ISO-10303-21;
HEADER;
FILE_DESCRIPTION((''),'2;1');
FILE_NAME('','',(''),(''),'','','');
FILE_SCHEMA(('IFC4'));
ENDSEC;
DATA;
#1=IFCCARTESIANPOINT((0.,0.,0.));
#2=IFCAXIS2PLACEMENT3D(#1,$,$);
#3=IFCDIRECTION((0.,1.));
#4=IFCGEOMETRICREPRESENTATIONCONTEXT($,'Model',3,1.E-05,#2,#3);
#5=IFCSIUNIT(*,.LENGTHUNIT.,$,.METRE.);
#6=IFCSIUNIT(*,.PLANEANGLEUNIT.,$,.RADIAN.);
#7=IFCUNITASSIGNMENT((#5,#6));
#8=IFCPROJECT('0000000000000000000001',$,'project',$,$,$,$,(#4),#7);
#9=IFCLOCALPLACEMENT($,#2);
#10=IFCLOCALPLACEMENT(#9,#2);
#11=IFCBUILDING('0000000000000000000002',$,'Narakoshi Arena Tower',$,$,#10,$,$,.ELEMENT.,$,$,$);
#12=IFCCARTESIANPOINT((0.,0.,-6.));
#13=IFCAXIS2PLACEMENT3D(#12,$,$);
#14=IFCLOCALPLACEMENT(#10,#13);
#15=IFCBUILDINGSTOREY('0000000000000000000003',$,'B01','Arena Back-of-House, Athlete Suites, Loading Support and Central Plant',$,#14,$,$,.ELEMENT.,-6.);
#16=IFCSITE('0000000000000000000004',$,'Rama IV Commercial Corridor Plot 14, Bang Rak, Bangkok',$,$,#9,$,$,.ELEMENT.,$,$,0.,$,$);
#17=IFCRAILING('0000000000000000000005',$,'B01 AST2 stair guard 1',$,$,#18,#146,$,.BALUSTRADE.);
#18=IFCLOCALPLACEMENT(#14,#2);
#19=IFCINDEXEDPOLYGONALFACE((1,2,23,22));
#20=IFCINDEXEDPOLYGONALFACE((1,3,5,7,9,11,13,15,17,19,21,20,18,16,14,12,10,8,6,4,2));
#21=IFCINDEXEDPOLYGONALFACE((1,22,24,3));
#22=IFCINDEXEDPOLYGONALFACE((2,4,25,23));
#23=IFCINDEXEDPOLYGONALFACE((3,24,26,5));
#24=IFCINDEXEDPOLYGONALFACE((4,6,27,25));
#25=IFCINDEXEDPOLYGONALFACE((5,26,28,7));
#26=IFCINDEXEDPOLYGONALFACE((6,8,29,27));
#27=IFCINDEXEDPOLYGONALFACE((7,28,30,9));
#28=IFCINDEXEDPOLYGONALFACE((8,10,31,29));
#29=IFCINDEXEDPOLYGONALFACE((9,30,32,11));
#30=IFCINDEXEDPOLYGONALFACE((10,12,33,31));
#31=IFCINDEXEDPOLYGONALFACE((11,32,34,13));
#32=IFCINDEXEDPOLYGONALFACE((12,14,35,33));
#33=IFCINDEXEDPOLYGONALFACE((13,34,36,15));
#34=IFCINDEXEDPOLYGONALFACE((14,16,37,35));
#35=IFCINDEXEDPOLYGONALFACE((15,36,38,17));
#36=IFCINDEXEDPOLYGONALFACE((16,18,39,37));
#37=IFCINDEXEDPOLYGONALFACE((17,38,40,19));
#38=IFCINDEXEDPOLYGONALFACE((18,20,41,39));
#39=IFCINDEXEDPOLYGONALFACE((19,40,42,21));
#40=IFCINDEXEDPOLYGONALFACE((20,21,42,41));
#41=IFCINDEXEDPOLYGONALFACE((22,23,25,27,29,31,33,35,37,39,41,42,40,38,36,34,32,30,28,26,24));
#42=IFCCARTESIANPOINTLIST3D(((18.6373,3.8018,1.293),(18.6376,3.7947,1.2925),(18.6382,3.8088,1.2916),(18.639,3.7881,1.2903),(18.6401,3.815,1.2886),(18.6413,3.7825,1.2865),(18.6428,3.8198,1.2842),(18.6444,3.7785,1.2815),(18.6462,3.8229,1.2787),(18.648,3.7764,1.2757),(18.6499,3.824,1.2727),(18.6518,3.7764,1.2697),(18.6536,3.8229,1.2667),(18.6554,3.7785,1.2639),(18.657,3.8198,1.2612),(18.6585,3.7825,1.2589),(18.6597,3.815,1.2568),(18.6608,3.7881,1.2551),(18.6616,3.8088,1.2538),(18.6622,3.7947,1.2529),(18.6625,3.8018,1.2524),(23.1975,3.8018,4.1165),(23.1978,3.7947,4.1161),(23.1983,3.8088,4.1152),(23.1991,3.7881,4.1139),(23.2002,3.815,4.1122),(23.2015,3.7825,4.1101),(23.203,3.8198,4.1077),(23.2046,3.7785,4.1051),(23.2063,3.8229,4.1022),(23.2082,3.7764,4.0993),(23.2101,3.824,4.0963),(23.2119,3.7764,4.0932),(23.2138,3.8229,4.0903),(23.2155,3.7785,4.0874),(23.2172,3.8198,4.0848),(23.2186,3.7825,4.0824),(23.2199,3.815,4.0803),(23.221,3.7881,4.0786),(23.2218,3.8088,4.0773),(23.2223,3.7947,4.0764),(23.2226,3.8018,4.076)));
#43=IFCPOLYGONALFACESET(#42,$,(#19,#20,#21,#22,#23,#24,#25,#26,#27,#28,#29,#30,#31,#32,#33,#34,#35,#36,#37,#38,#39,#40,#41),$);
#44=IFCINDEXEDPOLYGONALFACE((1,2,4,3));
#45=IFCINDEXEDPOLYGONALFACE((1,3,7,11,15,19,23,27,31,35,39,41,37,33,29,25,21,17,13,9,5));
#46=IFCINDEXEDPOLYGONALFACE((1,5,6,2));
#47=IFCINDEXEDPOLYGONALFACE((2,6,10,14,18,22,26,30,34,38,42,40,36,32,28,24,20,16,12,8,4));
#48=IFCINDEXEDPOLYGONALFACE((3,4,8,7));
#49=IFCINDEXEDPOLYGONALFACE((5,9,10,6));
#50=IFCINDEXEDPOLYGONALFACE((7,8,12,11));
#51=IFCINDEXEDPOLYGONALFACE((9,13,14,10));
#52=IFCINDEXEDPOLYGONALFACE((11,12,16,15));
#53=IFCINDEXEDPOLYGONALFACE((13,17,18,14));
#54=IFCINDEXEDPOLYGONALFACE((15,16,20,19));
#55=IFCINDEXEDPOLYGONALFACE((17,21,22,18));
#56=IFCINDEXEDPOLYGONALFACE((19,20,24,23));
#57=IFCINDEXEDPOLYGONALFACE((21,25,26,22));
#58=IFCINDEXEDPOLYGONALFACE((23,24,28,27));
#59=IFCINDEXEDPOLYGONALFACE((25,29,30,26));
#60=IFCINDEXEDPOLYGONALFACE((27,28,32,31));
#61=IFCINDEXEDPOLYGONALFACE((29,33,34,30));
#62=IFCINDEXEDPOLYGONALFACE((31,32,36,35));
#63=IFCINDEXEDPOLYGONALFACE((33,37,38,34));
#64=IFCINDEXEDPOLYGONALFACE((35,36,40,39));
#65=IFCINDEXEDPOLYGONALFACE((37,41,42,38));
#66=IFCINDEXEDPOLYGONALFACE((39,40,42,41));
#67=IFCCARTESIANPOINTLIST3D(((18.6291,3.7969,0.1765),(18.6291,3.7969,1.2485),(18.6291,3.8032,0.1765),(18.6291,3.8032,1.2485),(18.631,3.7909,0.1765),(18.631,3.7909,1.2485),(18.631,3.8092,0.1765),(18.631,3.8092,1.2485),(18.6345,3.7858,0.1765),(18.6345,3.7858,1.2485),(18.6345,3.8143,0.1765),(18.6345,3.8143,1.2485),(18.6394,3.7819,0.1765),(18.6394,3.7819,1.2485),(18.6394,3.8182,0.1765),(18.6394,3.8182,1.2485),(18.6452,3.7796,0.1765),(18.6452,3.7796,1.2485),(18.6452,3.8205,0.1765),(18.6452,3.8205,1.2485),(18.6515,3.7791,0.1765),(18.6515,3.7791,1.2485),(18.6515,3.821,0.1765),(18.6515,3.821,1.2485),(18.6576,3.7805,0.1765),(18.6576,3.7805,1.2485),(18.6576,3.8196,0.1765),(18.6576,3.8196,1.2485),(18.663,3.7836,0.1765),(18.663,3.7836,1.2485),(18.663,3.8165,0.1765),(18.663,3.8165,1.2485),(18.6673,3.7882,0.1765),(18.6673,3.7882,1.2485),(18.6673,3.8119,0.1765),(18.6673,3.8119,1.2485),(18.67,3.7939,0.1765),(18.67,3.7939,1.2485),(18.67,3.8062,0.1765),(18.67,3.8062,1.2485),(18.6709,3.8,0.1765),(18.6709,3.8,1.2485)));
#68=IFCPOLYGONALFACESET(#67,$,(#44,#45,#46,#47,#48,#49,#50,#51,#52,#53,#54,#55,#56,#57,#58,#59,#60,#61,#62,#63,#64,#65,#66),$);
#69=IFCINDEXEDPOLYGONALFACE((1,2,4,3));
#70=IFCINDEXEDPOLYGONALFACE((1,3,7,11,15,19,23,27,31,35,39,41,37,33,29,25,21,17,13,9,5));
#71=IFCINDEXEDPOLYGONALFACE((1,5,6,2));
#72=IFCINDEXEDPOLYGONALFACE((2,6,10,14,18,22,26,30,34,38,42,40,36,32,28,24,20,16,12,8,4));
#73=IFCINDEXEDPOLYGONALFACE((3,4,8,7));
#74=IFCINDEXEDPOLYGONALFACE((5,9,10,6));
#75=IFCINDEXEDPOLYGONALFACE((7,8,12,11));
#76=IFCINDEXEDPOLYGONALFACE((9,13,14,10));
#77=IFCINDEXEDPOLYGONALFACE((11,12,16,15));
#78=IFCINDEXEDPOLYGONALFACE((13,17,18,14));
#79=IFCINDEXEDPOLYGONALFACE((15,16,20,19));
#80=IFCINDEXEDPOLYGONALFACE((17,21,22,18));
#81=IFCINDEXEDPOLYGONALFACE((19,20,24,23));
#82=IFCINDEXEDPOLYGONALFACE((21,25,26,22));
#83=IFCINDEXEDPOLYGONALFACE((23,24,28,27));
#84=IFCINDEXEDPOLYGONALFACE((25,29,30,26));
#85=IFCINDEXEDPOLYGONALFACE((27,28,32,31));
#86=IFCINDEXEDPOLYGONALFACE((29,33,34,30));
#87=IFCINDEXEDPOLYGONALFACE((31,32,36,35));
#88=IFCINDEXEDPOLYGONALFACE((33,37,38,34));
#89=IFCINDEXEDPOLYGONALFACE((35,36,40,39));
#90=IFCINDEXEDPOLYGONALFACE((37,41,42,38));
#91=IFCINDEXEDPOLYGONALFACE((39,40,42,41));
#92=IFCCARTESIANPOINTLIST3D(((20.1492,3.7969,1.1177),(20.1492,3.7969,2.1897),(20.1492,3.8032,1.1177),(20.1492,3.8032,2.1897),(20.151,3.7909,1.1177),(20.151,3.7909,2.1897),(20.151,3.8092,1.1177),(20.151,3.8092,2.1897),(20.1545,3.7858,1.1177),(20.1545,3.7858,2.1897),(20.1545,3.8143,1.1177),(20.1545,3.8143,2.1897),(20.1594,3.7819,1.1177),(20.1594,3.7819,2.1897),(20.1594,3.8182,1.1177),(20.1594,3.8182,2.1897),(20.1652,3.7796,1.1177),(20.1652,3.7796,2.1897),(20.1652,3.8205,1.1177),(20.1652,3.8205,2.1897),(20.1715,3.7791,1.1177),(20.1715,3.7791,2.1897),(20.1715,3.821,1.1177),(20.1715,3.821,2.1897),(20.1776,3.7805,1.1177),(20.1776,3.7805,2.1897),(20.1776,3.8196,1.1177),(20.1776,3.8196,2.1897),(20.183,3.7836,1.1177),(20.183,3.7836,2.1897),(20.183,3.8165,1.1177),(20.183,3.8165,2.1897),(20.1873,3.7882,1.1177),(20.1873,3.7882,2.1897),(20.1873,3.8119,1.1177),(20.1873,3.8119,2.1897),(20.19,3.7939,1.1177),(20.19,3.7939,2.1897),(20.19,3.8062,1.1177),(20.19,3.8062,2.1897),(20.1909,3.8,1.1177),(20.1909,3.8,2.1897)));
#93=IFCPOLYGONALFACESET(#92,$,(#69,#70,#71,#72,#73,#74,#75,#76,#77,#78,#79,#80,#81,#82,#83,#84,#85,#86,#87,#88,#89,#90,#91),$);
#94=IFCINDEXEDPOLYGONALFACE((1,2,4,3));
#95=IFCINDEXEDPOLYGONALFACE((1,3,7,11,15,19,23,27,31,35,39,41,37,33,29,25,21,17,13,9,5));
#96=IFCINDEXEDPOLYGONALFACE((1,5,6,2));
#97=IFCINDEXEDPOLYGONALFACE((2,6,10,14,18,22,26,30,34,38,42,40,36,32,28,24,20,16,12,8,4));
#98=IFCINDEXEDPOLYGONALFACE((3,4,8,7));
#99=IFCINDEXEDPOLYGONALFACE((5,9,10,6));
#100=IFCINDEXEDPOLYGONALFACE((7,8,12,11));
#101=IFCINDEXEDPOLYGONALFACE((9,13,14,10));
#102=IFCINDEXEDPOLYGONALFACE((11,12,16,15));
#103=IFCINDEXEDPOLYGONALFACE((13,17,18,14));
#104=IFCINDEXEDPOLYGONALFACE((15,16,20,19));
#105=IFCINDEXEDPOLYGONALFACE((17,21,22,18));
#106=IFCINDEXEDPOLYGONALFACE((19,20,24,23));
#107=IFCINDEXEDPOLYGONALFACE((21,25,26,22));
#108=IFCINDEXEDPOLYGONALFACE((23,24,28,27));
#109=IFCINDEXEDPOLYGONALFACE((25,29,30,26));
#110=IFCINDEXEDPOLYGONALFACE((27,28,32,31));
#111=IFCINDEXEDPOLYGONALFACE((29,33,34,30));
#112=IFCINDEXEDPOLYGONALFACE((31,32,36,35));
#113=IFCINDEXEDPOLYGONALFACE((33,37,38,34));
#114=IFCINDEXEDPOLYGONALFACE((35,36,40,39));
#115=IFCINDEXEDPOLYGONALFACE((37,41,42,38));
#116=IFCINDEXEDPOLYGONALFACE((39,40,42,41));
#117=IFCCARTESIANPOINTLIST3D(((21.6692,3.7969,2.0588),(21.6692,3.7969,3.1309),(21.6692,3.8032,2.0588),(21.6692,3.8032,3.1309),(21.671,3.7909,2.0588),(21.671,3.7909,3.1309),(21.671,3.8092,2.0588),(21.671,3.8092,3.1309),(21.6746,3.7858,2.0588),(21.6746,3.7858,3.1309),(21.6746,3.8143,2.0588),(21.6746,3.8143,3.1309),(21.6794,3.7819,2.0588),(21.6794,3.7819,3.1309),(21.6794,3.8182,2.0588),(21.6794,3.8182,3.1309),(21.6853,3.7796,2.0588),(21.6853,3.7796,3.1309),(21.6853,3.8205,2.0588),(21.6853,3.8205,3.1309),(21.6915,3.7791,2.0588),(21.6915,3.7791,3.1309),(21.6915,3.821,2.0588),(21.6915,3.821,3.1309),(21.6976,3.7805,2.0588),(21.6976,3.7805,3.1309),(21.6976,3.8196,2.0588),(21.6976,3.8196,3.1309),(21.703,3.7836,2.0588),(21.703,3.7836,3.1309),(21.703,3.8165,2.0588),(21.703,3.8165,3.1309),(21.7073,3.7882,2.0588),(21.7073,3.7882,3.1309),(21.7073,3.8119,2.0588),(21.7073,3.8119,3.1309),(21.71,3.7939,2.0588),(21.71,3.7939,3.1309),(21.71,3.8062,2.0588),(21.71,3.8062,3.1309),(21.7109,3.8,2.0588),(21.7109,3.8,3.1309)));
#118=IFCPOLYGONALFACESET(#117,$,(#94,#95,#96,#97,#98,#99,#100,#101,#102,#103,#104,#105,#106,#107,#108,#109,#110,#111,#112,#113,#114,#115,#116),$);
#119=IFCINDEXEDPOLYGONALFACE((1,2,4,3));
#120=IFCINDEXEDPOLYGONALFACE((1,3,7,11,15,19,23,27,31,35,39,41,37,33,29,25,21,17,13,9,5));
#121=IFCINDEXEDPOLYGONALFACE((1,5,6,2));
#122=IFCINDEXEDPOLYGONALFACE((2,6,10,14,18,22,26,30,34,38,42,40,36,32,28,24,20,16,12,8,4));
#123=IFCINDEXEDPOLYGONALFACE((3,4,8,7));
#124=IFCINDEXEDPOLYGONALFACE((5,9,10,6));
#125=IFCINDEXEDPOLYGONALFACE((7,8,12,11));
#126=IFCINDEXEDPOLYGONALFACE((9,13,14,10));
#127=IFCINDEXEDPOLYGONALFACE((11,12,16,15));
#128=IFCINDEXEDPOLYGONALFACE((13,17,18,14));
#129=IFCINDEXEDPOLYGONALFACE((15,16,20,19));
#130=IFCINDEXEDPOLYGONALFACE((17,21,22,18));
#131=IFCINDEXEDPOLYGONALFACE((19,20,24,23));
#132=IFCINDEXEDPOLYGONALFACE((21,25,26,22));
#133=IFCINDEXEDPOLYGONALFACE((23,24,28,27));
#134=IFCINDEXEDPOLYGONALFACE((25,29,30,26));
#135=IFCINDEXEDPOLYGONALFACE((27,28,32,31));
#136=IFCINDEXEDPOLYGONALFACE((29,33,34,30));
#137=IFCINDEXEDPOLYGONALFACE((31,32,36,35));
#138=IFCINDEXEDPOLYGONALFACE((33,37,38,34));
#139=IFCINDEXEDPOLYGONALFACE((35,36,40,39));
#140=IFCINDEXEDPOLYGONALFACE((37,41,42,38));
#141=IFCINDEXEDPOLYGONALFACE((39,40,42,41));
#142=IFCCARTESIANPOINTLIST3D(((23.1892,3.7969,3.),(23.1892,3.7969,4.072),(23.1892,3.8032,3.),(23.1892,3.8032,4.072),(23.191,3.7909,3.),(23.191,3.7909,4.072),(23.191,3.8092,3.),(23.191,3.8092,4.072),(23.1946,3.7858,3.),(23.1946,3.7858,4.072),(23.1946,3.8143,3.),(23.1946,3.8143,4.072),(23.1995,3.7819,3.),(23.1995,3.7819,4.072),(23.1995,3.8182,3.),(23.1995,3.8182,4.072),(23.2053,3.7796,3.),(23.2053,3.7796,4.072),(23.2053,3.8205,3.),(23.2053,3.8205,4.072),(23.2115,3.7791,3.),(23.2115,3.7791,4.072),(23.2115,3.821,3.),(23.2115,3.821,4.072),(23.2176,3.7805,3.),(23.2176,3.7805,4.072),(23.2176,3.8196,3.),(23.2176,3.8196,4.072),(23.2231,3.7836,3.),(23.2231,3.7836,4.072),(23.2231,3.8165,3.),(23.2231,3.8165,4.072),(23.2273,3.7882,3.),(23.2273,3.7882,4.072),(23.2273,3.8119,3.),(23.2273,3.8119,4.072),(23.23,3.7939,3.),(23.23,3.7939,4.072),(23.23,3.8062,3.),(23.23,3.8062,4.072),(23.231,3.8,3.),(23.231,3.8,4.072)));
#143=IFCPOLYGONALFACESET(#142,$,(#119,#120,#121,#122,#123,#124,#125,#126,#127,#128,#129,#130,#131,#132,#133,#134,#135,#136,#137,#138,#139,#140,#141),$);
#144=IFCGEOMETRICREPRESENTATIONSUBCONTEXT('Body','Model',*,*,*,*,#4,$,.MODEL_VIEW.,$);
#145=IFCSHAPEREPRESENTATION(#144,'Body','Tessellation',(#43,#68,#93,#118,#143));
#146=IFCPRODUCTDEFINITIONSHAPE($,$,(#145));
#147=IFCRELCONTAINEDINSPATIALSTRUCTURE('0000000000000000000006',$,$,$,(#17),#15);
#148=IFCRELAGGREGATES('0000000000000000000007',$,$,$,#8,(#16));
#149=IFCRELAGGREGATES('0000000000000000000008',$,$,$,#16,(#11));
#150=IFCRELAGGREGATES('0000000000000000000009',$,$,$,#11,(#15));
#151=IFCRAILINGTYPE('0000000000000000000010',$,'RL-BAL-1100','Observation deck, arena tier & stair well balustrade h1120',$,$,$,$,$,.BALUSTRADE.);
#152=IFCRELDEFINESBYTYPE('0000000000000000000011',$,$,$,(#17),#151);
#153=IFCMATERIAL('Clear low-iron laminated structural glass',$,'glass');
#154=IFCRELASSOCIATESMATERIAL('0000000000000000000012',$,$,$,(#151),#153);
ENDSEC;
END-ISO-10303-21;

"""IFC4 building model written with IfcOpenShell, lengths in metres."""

from ifc_helpers import new_model, si_unit, direction, frame, origin, origin_2d, place, context, subcontext, project, spatial, circle, extrude, material, type_object, element, save


model = new_model("IFC4")

# Units and contexts
model_context = context("Model", 3, precision=1e-05, world=origin(), true_north=direction((0.0, 1.0)))
body_context = subcontext(model_context, "Body", "Model", "MODEL_VIEW")
ifc_project = project(units=[si_unit("LENGTHUNIT", "METRE"), si_unit("PLANEANGLEUNIT", "RADIAN")], contexts=[model_context])

# Site, building, storey
site_placement = place(None, origin())
site = spatial("IfcSite", under=ifc_project, at=site_placement, Name="Rama IV Commercial Corridor Plot 14, Bang Rak, Bangkok", CompositionType="ELEMENT", RefElevation=0.0)
building_placement = place(site_placement, origin())
building = spatial("IfcBuilding", under=site, at=building_placement, Name="Narakoshi Arena Tower", CompositionType="ELEMENT")
storey_placement = place(building_placement, frame((0.0, 0.0, -6.0)))
storey = spatial("IfcBuildingStorey", under=building, at=storey_placement, Name="B01", Description="Arena Back-of-House, Athlete Suites, Loading Support and Central Plant", CompositionType="ELEMENT", Elevation=-6.0)

# Railing
ifc_material_1 = material(Name="Clear low-iron laminated structural glass", Category="glass")
railing_type_1 = type_object("IfcRailingType", Name="RL-BAL-1100", Description="Observation deck, arena tier & stair well balustrade h1120", PredefinedType="BALUSTRADE", material=ifc_material_1)
railing_1_placement = place(storey_placement, frame((18.6499, 3.8, 0.1765)))
element("IfcRailing", 1, at=railing_1_placement, inside=storey, type_object=railing_type_1, Name="B01 AST2 stair guard 1", PredefinedType="BALUSTRADE", context=body_context, shape_type="SweptSolid", body=[
    extrude(circle(Radius=0.0239, at=origin_2d()), frame((0.0, 0.0, 1.0962), z_axis=(0.850216, 0.0, 0.526435), x_axis=(0.0, 1.0, 0.0)), (0.0, 0.0, 1.0), 5.3635),
    extrude(circle(Radius=0.021, at=origin_2d()), origin(), (0.0, 0.0, 1.0), 1.072),
    extrude(circle(Radius=0.021, at=origin_2d()), frame((1.52, 0.0, 0.9412)), (0.0, 0.0, 1.0), 1.072),
    extrude(circle(Radius=0.021, at=origin_2d()), frame((3.04, 0.0, 1.8823)), (0.0, 0.0, 1.0), 1.072),
    extrude(circle(Radius=0.021, at=origin_2d()), frame((4.5601, 0.0, 2.8235)), (0.0, 0.0, 1.0), 1.072),
])

save(model, "model.ifc")
